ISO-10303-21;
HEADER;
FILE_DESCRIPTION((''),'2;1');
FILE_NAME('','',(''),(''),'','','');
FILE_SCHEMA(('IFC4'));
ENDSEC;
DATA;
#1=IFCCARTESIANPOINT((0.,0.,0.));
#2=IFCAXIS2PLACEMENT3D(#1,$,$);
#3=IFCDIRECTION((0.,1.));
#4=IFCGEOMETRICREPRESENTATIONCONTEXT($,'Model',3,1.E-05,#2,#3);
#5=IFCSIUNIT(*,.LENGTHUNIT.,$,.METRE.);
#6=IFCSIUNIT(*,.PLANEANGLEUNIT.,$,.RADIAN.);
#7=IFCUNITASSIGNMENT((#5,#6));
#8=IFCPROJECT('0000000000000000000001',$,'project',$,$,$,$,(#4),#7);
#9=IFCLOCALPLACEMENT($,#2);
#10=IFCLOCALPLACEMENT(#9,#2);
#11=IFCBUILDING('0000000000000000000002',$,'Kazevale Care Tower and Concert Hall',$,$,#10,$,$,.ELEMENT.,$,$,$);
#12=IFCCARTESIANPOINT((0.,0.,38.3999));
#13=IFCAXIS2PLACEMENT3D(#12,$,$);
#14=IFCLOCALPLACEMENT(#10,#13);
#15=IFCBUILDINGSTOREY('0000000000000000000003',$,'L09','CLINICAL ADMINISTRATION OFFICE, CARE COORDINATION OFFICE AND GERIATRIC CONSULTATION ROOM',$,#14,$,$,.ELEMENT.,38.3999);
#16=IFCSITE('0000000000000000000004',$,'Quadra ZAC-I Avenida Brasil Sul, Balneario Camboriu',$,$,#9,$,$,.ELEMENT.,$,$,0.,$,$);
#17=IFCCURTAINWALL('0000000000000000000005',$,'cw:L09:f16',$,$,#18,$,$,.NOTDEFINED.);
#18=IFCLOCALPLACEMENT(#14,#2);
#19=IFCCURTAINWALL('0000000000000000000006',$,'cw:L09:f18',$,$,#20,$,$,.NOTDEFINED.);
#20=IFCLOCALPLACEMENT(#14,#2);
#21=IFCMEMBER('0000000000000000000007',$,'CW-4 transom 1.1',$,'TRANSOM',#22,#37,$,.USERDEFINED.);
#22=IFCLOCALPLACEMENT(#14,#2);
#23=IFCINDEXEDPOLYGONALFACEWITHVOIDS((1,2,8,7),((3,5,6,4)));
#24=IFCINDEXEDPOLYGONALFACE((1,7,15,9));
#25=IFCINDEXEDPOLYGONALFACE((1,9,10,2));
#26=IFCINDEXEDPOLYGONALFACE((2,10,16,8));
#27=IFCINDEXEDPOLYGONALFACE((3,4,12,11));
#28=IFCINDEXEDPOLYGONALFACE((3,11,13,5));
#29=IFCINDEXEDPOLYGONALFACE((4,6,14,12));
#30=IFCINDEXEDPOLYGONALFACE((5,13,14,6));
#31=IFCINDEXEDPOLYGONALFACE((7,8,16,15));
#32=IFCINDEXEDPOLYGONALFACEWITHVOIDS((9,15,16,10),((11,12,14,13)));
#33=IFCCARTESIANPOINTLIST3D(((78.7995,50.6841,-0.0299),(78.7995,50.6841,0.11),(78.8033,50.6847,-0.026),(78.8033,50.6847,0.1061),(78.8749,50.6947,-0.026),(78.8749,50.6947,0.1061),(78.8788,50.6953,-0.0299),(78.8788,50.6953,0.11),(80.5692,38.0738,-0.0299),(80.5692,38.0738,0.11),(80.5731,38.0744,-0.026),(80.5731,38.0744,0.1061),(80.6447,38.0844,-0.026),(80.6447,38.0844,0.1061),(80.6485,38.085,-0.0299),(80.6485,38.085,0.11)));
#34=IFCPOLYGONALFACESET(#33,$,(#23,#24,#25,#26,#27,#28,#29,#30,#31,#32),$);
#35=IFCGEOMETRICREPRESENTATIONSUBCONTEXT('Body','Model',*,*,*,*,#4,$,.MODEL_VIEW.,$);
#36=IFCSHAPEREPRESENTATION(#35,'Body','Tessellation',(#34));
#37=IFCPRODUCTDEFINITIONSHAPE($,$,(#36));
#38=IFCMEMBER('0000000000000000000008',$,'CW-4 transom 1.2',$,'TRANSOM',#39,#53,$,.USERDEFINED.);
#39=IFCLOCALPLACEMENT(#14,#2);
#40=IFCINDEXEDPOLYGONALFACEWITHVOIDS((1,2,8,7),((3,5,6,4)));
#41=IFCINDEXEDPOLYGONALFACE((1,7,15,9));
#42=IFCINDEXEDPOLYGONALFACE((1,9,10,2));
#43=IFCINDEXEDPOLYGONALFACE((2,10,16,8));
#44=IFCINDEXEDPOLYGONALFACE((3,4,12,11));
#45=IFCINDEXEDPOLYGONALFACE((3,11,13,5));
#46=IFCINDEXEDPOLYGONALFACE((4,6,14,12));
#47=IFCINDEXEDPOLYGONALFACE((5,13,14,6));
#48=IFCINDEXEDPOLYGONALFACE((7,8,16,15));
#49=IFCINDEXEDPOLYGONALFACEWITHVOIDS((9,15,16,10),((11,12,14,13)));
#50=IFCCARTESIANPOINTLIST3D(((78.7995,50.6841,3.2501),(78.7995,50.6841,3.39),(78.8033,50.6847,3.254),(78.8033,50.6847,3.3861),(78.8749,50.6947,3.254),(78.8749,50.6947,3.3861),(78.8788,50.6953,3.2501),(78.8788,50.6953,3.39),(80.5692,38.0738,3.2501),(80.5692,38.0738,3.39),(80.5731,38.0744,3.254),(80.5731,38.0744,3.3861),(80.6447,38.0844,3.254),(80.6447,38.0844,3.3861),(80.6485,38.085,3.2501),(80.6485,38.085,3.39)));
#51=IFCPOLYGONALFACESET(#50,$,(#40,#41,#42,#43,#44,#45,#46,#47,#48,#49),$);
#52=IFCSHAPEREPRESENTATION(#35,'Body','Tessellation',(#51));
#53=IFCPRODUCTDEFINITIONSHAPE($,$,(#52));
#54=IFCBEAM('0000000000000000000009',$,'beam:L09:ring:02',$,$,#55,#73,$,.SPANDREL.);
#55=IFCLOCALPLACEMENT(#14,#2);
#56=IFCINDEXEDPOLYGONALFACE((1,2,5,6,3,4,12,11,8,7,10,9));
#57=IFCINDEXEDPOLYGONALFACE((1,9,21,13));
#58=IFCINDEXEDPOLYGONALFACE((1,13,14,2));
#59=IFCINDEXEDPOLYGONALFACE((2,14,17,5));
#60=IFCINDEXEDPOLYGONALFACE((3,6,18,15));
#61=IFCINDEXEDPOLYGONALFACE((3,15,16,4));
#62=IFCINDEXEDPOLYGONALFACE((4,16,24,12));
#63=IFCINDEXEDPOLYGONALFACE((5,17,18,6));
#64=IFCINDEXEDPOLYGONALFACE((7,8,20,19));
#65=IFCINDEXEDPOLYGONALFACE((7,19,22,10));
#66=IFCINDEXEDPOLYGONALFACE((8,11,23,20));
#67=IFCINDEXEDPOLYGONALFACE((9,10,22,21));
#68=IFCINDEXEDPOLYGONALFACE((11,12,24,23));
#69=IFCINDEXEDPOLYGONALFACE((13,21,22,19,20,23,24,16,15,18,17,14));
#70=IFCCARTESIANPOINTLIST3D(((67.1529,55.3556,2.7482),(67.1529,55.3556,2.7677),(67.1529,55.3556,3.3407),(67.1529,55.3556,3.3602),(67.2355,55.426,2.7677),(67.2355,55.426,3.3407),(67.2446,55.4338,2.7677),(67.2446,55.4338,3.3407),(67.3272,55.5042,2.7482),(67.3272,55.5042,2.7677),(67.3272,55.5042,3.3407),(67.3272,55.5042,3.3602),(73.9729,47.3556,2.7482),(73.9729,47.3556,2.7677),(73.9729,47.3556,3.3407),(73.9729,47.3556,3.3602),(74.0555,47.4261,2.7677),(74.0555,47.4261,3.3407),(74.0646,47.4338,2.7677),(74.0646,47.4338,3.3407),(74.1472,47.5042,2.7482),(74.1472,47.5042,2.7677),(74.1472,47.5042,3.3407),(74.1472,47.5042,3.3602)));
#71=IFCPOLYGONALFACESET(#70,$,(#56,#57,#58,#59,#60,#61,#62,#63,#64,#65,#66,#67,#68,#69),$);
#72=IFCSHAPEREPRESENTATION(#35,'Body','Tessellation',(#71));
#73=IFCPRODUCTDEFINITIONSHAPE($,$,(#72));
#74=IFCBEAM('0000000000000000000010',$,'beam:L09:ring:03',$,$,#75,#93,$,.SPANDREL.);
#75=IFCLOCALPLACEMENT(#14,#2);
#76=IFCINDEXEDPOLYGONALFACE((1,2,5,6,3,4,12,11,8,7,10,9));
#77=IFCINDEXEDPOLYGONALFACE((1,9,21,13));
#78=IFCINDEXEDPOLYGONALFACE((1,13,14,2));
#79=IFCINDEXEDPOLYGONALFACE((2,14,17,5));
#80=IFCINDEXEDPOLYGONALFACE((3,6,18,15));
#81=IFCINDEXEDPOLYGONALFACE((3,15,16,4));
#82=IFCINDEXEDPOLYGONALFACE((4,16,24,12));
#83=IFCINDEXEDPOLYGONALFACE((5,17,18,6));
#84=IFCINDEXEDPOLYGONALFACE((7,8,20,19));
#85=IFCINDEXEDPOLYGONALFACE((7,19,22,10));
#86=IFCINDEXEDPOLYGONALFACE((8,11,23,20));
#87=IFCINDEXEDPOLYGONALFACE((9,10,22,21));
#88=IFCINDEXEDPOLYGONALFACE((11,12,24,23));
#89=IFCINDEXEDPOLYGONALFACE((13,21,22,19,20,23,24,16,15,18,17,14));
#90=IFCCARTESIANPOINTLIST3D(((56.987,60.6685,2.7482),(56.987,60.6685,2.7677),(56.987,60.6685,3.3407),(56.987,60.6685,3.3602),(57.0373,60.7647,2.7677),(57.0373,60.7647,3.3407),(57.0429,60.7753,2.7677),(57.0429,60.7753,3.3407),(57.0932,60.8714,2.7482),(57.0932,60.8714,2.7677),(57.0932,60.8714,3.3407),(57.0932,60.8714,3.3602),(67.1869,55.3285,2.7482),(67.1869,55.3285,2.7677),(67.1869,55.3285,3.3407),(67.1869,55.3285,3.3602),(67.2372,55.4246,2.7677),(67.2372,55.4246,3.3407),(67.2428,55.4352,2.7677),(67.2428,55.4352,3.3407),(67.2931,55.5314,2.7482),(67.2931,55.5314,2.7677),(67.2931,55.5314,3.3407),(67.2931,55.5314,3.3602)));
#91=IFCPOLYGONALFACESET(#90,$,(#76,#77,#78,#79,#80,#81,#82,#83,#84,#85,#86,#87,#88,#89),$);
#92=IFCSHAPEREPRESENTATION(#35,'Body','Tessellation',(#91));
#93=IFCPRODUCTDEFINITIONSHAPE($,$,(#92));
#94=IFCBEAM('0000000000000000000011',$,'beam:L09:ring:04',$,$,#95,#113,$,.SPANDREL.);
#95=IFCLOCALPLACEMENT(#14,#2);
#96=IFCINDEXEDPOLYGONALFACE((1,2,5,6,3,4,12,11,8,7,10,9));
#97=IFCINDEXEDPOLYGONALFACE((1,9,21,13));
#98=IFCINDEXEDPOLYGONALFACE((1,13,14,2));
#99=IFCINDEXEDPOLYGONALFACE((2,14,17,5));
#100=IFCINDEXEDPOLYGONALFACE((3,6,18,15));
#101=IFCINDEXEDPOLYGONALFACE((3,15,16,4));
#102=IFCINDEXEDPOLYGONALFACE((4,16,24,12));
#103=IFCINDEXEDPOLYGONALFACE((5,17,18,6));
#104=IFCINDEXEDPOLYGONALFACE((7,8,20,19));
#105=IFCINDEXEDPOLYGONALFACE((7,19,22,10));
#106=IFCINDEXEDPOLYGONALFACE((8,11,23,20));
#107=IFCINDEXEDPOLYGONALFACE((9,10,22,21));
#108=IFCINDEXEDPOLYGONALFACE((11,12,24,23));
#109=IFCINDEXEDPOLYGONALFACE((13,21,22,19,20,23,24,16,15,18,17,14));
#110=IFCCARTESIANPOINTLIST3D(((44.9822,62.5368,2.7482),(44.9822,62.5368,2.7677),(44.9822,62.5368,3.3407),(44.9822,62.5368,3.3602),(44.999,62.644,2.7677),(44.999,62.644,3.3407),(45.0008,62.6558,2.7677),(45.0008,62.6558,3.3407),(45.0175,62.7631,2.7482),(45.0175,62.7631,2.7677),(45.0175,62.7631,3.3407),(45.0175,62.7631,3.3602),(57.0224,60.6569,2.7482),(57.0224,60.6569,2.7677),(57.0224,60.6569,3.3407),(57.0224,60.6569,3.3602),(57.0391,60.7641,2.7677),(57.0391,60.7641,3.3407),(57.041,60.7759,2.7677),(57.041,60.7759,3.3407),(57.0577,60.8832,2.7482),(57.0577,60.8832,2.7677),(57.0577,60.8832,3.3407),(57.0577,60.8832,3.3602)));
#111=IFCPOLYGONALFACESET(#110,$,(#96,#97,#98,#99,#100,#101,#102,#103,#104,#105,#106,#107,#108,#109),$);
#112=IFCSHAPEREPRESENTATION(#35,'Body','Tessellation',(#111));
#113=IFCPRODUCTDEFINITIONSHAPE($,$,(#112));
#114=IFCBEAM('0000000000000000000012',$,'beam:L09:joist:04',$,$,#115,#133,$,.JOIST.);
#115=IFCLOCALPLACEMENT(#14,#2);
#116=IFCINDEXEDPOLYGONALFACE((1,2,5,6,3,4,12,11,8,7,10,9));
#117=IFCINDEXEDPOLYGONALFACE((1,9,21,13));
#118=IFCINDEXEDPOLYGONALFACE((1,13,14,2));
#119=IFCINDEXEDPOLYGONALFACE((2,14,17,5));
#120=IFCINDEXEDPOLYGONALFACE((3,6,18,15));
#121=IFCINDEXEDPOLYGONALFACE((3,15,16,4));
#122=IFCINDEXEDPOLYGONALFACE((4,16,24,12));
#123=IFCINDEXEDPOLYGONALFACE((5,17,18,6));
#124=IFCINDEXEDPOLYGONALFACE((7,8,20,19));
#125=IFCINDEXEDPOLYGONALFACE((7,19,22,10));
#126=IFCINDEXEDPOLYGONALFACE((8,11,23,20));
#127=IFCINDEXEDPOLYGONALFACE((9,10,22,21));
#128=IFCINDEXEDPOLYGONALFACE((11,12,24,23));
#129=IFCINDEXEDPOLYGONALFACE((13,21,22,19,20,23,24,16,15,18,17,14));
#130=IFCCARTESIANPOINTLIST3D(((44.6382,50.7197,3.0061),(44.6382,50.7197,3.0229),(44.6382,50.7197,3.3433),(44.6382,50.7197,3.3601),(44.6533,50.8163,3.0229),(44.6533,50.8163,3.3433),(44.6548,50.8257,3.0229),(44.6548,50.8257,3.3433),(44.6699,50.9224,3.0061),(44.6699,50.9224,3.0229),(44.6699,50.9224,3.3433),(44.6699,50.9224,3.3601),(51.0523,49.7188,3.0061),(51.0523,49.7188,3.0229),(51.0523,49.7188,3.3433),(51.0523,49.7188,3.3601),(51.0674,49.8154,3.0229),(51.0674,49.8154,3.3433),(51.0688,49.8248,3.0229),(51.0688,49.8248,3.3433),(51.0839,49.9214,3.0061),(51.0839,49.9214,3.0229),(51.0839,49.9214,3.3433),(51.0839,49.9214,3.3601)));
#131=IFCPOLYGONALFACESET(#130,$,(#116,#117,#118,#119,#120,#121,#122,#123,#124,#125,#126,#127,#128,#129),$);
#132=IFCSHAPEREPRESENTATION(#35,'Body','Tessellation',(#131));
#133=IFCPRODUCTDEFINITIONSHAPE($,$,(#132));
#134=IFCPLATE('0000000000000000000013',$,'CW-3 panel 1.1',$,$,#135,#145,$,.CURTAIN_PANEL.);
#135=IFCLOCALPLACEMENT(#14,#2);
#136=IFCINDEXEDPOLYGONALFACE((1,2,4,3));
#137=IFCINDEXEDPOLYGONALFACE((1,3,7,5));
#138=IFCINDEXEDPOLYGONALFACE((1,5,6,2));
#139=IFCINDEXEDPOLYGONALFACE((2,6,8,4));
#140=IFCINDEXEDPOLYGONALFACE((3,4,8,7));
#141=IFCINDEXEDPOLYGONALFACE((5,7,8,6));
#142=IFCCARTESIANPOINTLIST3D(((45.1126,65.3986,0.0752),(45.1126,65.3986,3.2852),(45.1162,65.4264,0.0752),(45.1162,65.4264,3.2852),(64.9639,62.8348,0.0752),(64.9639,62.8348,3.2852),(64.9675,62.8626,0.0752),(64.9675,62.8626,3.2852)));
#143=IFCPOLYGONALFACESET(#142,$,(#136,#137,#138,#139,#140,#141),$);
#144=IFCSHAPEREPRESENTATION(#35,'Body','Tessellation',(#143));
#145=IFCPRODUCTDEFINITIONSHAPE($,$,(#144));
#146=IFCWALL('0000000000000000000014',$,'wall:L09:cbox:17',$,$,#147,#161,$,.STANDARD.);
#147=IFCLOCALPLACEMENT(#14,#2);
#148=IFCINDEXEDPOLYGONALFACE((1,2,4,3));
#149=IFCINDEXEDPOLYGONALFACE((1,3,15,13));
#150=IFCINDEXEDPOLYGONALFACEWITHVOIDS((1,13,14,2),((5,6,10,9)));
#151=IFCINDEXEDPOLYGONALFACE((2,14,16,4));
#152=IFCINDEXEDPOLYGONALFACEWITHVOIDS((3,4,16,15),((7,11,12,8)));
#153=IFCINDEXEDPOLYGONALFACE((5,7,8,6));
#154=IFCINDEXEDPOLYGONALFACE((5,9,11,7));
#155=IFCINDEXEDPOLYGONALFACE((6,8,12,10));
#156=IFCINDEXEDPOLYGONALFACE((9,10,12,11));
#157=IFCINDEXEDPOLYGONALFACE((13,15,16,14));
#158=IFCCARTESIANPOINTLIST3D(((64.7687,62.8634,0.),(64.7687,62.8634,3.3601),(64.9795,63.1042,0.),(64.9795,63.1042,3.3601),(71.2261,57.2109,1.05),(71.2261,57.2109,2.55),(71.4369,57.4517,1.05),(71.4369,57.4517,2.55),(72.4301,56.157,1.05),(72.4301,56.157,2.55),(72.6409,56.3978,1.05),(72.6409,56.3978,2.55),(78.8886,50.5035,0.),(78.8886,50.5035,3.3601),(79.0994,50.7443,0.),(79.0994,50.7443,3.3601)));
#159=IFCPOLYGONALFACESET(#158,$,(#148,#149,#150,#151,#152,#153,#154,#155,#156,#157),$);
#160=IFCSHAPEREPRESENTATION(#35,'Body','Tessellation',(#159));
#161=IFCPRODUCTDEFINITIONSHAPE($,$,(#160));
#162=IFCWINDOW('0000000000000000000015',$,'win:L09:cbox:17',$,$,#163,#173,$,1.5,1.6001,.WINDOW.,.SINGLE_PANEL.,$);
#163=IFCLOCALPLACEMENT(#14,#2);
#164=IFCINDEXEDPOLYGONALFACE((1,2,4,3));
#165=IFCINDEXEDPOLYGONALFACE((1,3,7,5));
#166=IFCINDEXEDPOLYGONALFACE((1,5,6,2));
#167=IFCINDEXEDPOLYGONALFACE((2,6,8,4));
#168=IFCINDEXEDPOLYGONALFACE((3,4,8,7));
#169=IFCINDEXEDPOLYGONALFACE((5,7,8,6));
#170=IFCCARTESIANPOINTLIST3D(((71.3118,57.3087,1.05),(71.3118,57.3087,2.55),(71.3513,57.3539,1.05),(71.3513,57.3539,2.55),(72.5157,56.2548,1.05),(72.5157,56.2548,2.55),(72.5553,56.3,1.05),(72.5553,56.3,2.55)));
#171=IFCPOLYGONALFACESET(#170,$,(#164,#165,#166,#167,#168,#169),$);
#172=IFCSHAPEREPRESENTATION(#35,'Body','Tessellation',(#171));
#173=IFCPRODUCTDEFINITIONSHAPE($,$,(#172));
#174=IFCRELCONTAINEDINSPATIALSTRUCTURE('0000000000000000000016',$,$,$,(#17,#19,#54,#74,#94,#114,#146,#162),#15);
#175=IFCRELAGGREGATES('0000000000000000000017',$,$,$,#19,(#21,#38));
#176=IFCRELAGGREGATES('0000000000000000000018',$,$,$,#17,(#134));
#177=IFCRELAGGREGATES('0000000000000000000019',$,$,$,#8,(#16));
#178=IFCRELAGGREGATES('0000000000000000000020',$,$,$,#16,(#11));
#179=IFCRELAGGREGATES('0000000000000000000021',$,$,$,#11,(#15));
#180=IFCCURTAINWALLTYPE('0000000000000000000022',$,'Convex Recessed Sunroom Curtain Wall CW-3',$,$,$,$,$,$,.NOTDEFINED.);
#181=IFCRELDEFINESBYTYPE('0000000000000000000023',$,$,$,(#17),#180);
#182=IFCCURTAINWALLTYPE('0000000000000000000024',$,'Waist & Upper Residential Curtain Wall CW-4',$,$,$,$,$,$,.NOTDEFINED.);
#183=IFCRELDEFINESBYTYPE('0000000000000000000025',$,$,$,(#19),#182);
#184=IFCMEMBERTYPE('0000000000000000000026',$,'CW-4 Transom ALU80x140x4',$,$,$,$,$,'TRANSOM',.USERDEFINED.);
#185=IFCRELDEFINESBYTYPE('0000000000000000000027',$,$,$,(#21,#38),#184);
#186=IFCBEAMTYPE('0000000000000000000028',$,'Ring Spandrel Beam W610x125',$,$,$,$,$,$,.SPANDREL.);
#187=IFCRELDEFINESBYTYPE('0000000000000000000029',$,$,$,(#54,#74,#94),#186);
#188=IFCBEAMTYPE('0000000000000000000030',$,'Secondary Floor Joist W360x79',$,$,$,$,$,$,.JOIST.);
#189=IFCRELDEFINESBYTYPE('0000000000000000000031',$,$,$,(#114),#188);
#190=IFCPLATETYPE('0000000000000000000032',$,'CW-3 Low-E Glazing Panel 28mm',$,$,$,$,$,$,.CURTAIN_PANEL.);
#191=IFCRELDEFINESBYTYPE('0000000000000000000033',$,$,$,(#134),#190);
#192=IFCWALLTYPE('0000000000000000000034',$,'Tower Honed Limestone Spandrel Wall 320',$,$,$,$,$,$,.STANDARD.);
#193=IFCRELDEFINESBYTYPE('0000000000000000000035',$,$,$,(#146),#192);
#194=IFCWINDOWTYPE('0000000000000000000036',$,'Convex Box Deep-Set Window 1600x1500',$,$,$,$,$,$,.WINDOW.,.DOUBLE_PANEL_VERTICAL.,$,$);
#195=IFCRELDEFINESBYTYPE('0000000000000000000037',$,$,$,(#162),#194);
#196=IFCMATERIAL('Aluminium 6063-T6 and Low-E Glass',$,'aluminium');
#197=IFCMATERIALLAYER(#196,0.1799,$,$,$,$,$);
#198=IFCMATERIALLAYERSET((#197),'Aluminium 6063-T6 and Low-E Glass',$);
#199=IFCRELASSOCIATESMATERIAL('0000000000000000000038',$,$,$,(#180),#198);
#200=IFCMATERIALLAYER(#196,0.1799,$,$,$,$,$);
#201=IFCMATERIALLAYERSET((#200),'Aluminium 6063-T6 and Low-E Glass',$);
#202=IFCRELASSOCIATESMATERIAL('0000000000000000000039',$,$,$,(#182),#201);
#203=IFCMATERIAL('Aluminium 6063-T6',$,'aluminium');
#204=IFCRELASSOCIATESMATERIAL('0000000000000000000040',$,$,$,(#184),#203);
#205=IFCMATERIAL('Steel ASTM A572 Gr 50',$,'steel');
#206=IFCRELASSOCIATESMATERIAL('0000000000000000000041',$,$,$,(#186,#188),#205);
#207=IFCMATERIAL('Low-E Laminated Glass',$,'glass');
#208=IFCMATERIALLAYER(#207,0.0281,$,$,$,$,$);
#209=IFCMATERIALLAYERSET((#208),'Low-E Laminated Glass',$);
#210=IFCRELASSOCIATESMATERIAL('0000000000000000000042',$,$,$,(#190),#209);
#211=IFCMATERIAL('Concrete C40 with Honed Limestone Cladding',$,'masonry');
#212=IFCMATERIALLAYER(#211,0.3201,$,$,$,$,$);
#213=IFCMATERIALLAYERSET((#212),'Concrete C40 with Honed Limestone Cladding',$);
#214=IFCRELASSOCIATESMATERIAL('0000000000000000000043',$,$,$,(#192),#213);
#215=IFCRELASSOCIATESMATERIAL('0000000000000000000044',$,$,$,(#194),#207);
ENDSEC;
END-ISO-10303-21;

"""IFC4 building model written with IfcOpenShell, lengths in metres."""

from ifc_helpers import new_model, si_unit, direction, frame, frame_2d, origin, origin_2d, place, context, subcontext, project, spatial, rectangle, hollow_rectangle, i_section, extrude, material, layer, layer_set, material_profile, profile_set, type_object, element, fill, aggregate, save


model = new_model("IFC4")

# Units and contexts
model_context = context("Model", 3, precision=1e-05, world=origin(), true_north=direction((0.0, 1.0)))
body_context = subcontext(model_context, "Body", "Model", "MODEL_VIEW")
ifc_project = project(units=[si_unit("LENGTHUNIT", "METRE"), si_unit("PLANEANGLEUNIT", "RADIAN")], contexts=[model_context])

# Site, building, storey
site_placement = place(None, origin())
site = spatial("IfcSite", under=ifc_project, at=site_placement, Name="Quadra ZAC-I Avenida Brasil Sul, Balneario Camboriu", CompositionType="ELEMENT", RefElevation=0.0)
building_placement = place(site_placement, origin())
building = spatial("IfcBuilding", under=site, at=building_placement, Name="Kazevale Care Tower and Concert Hall", CompositionType="ELEMENT")
storey_placement = place(building_placement, frame((0.0, 0.0, 38.3999)))
storey = spatial("IfcBuildingStorey", under=building, at=storey_placement, Name="L09", Description="CLINICAL ADMINISTRATION OFFICE, CARE COORDINATION OFFICE AND GERIATRIC CONSULTATION ROOM", CompositionType="ELEMENT", Elevation=38.3999)

# Curtain wall
ifc_material_1 = material(Name="Aluminium 6063-T6 and Low-E Glass", Category="aluminium")
ifc_layer_1 = layer(ifc_material_1, 0.1799)
ifc_layer_set_1 = layer_set([ifc_layer_1], Name="Aluminium 6063-T6 and Low-E Glass")
curtain_wall_type_1 = type_object("IfcCurtainWallType", Name="Convex Recessed Sunroom Curtain Wall CW-3", PredefinedType="NOTDEFINED", material=ifc_layer_set_1)
curtain_wall_1_placement = place(storey_placement, origin())
curtain_wall_1 = element("IfcCurtainWall", 1, at=curtain_wall_1_placement, inside=storey, type_object=curtain_wall_type_1, Name="cw:L09:f16", PredefinedType="NOTDEFINED")
ifc_material_2 = material(Name="Aluminium 6063-T6", Category="aluminium")

# Curtain wall, members
ifc_layer_2 = layer(ifc_material_1, 0.1799)
ifc_layer_set_2 = layer_set([ifc_layer_2], Name="Aluminium 6063-T6 and Low-E Glass")
curtain_wall_type_2 = type_object("IfcCurtainWallType", Name="Waist & Upper Residential Curtain Wall CW-4", PredefinedType="NOTDEFINED", material=ifc_layer_set_2)
curtain_wall_2_placement = place(storey_placement, origin())
curtain_wall_2 = element("IfcCurtainWall", 2, at=curtain_wall_2_placement, inside=storey, type_object=curtain_wall_type_2, Name="cw:L09:f18", PredefinedType="NOTDEFINED")
ifc_material_profile_1 = material_profile(ifc_material_2, hollow_rectangle(XDim=0.0801, YDim=0.1399, WallThickness=0.0039, at=origin_2d()), Name="ALU80x140x4")
ifc_profile_set_1 = profile_set([ifc_material_profile_1], Name="Aluminium 6063-T6")
member_type_1 = type_object("IfcMemberType", Name="CW-4 Transom ALU80x140x4", ElementType="TRANSOM", PredefinedType="USERDEFINED", material=ifc_profile_set_1)
member_1_placement = place(storey_placement, frame((78.8391, 50.6897, 0.04), z_axis=(0.138981, -0.990295, 0.0), x_axis=(0.990295, 0.138981, 0.0)))
member_1 = element("IfcMember", 3, at=member_1_placement, type_object=member_type_1, Name="CW-4 transom 1.1", ObjectType="TRANSOM", PredefinedType="USERDEFINED", context=body_context, shape_type="SweptSolid", body=[
    extrude(hollow_rectangle(XDim=0.0801, YDim=0.1399, WallThickness=0.0039, at=origin_2d()), origin(), (0.0, 0.0, 1.0), 12.7339),
])
member_2_placement = place(storey_placement, frame((78.8391, 50.6897, 3.3201), z_axis=(0.138981, -0.990295, 0.0), x_axis=(0.990295, 0.138981, 0.0)))
member_2 = element("IfcMember", 4, at=member_2_placement, type_object=member_type_1, Name="CW-4 transom 1.2", ObjectType="TRANSOM", PredefinedType="USERDEFINED", context=body_context, shape_type="SweptSolid", body=[
    extrude(hollow_rectangle(XDim=0.0801, YDim=0.1399, WallThickness=0.0039, at=origin_2d()), origin(), (0.0, 0.0, 1.0), 12.7339),
])
aggregate(curtain_wall_2, [member_1, member_2])

# Beams
ifc_material_3 = material(Name="Steel ASTM A572 Gr 50", Category="steel")
ifc_material_profile_2 = material_profile(ifc_material_3, i_section(OverallWidth=0.229, OverallDepth=0.6121, WebThickness=0.012, FlangeThickness=0.0195, at=origin_2d()), Name="W610x125")
ifc_profile_set_2 = profile_set([ifc_material_profile_2], Name="Steel ASTM A572 Gr 50")
beam_type_1 = type_object("IfcBeamType", Name="Ring Spandrel Beam W610x125", PredefinedType="SPANDREL", material=ifc_profile_set_2)
beam_1_placement = place(storey_placement, frame((74.0601, 47.4299, 3.0542), z_axis=(-0.648756, 0.760996, 0.0), x_axis=(-0.760996, -0.648756, 0.0)))
element("IfcBeam", 5, at=beam_1_placement, inside=storey, type_object=beam_type_1, Name="beam:L09:ring:02", PredefinedType="SPANDREL", context=body_context, shape_type="SweptSolid", body=[
    extrude(i_section(OverallWidth=0.229, OverallDepth=0.6121, WebThickness=0.012, FlangeThickness=0.0195, at=origin_2d()), origin(), (0.0, 0.0, 1.0), 10.5125),
])
beam_2_placement = place(storey_placement, frame((67.24, 55.4299, 3.0542), z_axis=(-0.885929, 0.46382, 0.0), x_axis=(-0.46382, -0.885929, 0.0)))
element("IfcBeam", 6, at=beam_2_placement, inside=storey, type_object=beam_type_1, Name="beam:L09:ring:03", PredefinedType="SPANDREL", context=body_context, shape_type="SweptSolid", body=[
    extrude(i_section(OverallWidth=0.229, OverallDepth=0.6121, WebThickness=0.012, FlangeThickness=0.0195, at=origin_2d()), origin(), (0.0, 0.0, 1.0), 11.5132),
])
beam_3_placement = place(storey_placement, frame((57.04, 60.77, 3.0542), z_axis=(-0.988029, 0.154267, 0.0), x_axis=(-0.154267, -0.988029, 0.0)))
element("IfcBeam", 7, at=beam_3_placement, inside=storey, type_object=beam_type_1, Name="beam:L09:ring:04", PredefinedType="SPANDREL", context=body_context, shape_type="SweptSolid", body=[
    extrude(i_section(OverallWidth=0.229, OverallDepth=0.6121, WebThickness=0.012, FlangeThickness=0.0195, at=origin_2d()), origin(), (0.0, 0.0, 1.0), 12.186),
])
ifc_material_profile_3 = material_profile(ifc_material_3, i_section(OverallWidth=0.2051, OverallDepth=0.354, WebThickness=0.0095, FlangeThickness=0.0168, at=origin_2d()), Name="W360x79")
ifc_profile_set_3 = profile_set([ifc_material_profile_3], Name="Steel ASTM A572 Gr 50")
beam_type_2 = type_object("IfcBeamType", Name="Secondary Floor Joist W360x79", PredefinedType="JOIST", material=ifc_profile_set_3)
beam_4_placement = place(storey_placement, frame((51.0681, 49.8201, 3.1831), z_axis=(-0.988041, 0.154193, 0.0), x_axis=(-0.154193, -0.988041, 0.0)))
element("IfcBeam", 8, at=beam_4_placement, inside=storey, type_object=beam_type_2, Name="beam:L09:joist:04", PredefinedType="JOIST", context=body_context, shape_type="SweptSolid", body=[
    extrude(i_section(OverallWidth=0.2051, OverallDepth=0.354, WebThickness=0.0095, FlangeThickness=0.0168, at=origin_2d()), origin(), (0.0, 0.0, 1.0), 6.4917),
])

# Plate
ifc_material_4 = material(Name="Low-E Laminated Glass", Category="glass")
ifc_layer_3 = layer(ifc_material_4, 0.0281)
ifc_layer_set_3 = layer_set([ifc_layer_3], Name="Low-E Laminated Glass")
plate_type = type_object("IfcPlateType", Name="CW-3 Low-E Glazing Panel 28mm", PredefinedType="CURTAIN_PANEL", material=ifc_layer_set_3)
plate_placement = place(storey_placement, frame((55.04, 64.1306, 0.0752), z_axis=(0.0, 0.0, 1.0), x_axis=(0.991763, -0.128086, 0.0)))
plate = element("IfcPlate", 9, at=plate_placement, type_object=plate_type, Name="CW-3 panel 1.1", PredefinedType="CURTAIN_PANEL", context=body_context, shape_type="SweptSolid", body=[
    extrude(rectangle(XDim=20.0161, YDim=0.0281, at=origin_2d()), origin(), (0.0, 0.0, 1.0), 3.21),
])
aggregate(curtain_wall_1, [plate])

# Wall, opening, window
ifc_material_5 = material(Name="Concrete C40 with Honed Limestone Cladding", Category="masonry")
ifc_layer_4 = layer(ifc_material_5, 0.3201)
ifc_layer_set_4 = layer_set([ifc_layer_4], Name="Concrete C40 with Honed Limestone Cladding")
wall_type = type_object("IfcWallType", Name="Tower Honed Limestone Spandrel Wall 320", PredefinedType="STANDARD", material=ifc_layer_set_4)
wall_placement = place(storey_placement, frame((64.874, 62.9839, 0.0), z_axis=(0.0, 0.0, 1.0), x_axis=(0.752445, -0.658655, 0.0)))
wall = element("IfcWall", 10, at=wall_placement, inside=storey, type_object=wall_type, Name="wall:L09:cbox:17", PredefinedType="STANDARD", context=body_context, shape_type="SweptSolid", body=[
    extrude(rectangle(XDim=18.7654, YDim=0.3201, at=frame_2d((9.3828, 0.0))), origin(), (0.0, 0.0, 1.0), 3.3601),
])
opening_placement = place(wall_placement, frame((8.582, 0.0, 1.05)))
opening = element("IfcOpeningElement", 11, at=opening_placement, cuts=wall, PredefinedType="OPENING", context=body_context, shape_type="SweptSolid", body=[
    extrude(rectangle(XDim=1.6001, YDim=1.5, at=frame_2d((0.8, 0.75))), frame((0.0, 0.1699, 0.0), z_axis=(0.0, -1.0, 0.0), x_axis=(1.0, 0.0, 0.0)), (0.0, 0.0, 1.0), 0.3401),
])
window_type = type_object("IfcWindowType", Name="Convex Box Deep-Set Window 1600x1500", PartitioningType="DOUBLE_PANEL_VERTICAL", PredefinedType="WINDOW", material=ifc_material_4)
window_placement = place(opening_placement, origin())
window = element("IfcWindow", 12, at=window_placement, inside=storey, type_object=window_type, Name="win:L09:cbox:17", OverallHeight=1.5, OverallWidth=1.6001, PartitioningType="SINGLE_PANEL", PredefinedType="WINDOW", context=body_context, shape_type="SweptSolid", body=[
    extrude(rectangle(XDim=1.6001, YDim=1.5, at=frame_2d((0.8, 0.75))), frame((0.0, 0.03, 0.0), z_axis=(0.0, -1.0, 0.0), x_axis=(1.0, 0.0, 0.0)), (0.0, 0.0, 1.0), 0.0601),
])
fill(opening, window)

save(model, "model.ifc")
